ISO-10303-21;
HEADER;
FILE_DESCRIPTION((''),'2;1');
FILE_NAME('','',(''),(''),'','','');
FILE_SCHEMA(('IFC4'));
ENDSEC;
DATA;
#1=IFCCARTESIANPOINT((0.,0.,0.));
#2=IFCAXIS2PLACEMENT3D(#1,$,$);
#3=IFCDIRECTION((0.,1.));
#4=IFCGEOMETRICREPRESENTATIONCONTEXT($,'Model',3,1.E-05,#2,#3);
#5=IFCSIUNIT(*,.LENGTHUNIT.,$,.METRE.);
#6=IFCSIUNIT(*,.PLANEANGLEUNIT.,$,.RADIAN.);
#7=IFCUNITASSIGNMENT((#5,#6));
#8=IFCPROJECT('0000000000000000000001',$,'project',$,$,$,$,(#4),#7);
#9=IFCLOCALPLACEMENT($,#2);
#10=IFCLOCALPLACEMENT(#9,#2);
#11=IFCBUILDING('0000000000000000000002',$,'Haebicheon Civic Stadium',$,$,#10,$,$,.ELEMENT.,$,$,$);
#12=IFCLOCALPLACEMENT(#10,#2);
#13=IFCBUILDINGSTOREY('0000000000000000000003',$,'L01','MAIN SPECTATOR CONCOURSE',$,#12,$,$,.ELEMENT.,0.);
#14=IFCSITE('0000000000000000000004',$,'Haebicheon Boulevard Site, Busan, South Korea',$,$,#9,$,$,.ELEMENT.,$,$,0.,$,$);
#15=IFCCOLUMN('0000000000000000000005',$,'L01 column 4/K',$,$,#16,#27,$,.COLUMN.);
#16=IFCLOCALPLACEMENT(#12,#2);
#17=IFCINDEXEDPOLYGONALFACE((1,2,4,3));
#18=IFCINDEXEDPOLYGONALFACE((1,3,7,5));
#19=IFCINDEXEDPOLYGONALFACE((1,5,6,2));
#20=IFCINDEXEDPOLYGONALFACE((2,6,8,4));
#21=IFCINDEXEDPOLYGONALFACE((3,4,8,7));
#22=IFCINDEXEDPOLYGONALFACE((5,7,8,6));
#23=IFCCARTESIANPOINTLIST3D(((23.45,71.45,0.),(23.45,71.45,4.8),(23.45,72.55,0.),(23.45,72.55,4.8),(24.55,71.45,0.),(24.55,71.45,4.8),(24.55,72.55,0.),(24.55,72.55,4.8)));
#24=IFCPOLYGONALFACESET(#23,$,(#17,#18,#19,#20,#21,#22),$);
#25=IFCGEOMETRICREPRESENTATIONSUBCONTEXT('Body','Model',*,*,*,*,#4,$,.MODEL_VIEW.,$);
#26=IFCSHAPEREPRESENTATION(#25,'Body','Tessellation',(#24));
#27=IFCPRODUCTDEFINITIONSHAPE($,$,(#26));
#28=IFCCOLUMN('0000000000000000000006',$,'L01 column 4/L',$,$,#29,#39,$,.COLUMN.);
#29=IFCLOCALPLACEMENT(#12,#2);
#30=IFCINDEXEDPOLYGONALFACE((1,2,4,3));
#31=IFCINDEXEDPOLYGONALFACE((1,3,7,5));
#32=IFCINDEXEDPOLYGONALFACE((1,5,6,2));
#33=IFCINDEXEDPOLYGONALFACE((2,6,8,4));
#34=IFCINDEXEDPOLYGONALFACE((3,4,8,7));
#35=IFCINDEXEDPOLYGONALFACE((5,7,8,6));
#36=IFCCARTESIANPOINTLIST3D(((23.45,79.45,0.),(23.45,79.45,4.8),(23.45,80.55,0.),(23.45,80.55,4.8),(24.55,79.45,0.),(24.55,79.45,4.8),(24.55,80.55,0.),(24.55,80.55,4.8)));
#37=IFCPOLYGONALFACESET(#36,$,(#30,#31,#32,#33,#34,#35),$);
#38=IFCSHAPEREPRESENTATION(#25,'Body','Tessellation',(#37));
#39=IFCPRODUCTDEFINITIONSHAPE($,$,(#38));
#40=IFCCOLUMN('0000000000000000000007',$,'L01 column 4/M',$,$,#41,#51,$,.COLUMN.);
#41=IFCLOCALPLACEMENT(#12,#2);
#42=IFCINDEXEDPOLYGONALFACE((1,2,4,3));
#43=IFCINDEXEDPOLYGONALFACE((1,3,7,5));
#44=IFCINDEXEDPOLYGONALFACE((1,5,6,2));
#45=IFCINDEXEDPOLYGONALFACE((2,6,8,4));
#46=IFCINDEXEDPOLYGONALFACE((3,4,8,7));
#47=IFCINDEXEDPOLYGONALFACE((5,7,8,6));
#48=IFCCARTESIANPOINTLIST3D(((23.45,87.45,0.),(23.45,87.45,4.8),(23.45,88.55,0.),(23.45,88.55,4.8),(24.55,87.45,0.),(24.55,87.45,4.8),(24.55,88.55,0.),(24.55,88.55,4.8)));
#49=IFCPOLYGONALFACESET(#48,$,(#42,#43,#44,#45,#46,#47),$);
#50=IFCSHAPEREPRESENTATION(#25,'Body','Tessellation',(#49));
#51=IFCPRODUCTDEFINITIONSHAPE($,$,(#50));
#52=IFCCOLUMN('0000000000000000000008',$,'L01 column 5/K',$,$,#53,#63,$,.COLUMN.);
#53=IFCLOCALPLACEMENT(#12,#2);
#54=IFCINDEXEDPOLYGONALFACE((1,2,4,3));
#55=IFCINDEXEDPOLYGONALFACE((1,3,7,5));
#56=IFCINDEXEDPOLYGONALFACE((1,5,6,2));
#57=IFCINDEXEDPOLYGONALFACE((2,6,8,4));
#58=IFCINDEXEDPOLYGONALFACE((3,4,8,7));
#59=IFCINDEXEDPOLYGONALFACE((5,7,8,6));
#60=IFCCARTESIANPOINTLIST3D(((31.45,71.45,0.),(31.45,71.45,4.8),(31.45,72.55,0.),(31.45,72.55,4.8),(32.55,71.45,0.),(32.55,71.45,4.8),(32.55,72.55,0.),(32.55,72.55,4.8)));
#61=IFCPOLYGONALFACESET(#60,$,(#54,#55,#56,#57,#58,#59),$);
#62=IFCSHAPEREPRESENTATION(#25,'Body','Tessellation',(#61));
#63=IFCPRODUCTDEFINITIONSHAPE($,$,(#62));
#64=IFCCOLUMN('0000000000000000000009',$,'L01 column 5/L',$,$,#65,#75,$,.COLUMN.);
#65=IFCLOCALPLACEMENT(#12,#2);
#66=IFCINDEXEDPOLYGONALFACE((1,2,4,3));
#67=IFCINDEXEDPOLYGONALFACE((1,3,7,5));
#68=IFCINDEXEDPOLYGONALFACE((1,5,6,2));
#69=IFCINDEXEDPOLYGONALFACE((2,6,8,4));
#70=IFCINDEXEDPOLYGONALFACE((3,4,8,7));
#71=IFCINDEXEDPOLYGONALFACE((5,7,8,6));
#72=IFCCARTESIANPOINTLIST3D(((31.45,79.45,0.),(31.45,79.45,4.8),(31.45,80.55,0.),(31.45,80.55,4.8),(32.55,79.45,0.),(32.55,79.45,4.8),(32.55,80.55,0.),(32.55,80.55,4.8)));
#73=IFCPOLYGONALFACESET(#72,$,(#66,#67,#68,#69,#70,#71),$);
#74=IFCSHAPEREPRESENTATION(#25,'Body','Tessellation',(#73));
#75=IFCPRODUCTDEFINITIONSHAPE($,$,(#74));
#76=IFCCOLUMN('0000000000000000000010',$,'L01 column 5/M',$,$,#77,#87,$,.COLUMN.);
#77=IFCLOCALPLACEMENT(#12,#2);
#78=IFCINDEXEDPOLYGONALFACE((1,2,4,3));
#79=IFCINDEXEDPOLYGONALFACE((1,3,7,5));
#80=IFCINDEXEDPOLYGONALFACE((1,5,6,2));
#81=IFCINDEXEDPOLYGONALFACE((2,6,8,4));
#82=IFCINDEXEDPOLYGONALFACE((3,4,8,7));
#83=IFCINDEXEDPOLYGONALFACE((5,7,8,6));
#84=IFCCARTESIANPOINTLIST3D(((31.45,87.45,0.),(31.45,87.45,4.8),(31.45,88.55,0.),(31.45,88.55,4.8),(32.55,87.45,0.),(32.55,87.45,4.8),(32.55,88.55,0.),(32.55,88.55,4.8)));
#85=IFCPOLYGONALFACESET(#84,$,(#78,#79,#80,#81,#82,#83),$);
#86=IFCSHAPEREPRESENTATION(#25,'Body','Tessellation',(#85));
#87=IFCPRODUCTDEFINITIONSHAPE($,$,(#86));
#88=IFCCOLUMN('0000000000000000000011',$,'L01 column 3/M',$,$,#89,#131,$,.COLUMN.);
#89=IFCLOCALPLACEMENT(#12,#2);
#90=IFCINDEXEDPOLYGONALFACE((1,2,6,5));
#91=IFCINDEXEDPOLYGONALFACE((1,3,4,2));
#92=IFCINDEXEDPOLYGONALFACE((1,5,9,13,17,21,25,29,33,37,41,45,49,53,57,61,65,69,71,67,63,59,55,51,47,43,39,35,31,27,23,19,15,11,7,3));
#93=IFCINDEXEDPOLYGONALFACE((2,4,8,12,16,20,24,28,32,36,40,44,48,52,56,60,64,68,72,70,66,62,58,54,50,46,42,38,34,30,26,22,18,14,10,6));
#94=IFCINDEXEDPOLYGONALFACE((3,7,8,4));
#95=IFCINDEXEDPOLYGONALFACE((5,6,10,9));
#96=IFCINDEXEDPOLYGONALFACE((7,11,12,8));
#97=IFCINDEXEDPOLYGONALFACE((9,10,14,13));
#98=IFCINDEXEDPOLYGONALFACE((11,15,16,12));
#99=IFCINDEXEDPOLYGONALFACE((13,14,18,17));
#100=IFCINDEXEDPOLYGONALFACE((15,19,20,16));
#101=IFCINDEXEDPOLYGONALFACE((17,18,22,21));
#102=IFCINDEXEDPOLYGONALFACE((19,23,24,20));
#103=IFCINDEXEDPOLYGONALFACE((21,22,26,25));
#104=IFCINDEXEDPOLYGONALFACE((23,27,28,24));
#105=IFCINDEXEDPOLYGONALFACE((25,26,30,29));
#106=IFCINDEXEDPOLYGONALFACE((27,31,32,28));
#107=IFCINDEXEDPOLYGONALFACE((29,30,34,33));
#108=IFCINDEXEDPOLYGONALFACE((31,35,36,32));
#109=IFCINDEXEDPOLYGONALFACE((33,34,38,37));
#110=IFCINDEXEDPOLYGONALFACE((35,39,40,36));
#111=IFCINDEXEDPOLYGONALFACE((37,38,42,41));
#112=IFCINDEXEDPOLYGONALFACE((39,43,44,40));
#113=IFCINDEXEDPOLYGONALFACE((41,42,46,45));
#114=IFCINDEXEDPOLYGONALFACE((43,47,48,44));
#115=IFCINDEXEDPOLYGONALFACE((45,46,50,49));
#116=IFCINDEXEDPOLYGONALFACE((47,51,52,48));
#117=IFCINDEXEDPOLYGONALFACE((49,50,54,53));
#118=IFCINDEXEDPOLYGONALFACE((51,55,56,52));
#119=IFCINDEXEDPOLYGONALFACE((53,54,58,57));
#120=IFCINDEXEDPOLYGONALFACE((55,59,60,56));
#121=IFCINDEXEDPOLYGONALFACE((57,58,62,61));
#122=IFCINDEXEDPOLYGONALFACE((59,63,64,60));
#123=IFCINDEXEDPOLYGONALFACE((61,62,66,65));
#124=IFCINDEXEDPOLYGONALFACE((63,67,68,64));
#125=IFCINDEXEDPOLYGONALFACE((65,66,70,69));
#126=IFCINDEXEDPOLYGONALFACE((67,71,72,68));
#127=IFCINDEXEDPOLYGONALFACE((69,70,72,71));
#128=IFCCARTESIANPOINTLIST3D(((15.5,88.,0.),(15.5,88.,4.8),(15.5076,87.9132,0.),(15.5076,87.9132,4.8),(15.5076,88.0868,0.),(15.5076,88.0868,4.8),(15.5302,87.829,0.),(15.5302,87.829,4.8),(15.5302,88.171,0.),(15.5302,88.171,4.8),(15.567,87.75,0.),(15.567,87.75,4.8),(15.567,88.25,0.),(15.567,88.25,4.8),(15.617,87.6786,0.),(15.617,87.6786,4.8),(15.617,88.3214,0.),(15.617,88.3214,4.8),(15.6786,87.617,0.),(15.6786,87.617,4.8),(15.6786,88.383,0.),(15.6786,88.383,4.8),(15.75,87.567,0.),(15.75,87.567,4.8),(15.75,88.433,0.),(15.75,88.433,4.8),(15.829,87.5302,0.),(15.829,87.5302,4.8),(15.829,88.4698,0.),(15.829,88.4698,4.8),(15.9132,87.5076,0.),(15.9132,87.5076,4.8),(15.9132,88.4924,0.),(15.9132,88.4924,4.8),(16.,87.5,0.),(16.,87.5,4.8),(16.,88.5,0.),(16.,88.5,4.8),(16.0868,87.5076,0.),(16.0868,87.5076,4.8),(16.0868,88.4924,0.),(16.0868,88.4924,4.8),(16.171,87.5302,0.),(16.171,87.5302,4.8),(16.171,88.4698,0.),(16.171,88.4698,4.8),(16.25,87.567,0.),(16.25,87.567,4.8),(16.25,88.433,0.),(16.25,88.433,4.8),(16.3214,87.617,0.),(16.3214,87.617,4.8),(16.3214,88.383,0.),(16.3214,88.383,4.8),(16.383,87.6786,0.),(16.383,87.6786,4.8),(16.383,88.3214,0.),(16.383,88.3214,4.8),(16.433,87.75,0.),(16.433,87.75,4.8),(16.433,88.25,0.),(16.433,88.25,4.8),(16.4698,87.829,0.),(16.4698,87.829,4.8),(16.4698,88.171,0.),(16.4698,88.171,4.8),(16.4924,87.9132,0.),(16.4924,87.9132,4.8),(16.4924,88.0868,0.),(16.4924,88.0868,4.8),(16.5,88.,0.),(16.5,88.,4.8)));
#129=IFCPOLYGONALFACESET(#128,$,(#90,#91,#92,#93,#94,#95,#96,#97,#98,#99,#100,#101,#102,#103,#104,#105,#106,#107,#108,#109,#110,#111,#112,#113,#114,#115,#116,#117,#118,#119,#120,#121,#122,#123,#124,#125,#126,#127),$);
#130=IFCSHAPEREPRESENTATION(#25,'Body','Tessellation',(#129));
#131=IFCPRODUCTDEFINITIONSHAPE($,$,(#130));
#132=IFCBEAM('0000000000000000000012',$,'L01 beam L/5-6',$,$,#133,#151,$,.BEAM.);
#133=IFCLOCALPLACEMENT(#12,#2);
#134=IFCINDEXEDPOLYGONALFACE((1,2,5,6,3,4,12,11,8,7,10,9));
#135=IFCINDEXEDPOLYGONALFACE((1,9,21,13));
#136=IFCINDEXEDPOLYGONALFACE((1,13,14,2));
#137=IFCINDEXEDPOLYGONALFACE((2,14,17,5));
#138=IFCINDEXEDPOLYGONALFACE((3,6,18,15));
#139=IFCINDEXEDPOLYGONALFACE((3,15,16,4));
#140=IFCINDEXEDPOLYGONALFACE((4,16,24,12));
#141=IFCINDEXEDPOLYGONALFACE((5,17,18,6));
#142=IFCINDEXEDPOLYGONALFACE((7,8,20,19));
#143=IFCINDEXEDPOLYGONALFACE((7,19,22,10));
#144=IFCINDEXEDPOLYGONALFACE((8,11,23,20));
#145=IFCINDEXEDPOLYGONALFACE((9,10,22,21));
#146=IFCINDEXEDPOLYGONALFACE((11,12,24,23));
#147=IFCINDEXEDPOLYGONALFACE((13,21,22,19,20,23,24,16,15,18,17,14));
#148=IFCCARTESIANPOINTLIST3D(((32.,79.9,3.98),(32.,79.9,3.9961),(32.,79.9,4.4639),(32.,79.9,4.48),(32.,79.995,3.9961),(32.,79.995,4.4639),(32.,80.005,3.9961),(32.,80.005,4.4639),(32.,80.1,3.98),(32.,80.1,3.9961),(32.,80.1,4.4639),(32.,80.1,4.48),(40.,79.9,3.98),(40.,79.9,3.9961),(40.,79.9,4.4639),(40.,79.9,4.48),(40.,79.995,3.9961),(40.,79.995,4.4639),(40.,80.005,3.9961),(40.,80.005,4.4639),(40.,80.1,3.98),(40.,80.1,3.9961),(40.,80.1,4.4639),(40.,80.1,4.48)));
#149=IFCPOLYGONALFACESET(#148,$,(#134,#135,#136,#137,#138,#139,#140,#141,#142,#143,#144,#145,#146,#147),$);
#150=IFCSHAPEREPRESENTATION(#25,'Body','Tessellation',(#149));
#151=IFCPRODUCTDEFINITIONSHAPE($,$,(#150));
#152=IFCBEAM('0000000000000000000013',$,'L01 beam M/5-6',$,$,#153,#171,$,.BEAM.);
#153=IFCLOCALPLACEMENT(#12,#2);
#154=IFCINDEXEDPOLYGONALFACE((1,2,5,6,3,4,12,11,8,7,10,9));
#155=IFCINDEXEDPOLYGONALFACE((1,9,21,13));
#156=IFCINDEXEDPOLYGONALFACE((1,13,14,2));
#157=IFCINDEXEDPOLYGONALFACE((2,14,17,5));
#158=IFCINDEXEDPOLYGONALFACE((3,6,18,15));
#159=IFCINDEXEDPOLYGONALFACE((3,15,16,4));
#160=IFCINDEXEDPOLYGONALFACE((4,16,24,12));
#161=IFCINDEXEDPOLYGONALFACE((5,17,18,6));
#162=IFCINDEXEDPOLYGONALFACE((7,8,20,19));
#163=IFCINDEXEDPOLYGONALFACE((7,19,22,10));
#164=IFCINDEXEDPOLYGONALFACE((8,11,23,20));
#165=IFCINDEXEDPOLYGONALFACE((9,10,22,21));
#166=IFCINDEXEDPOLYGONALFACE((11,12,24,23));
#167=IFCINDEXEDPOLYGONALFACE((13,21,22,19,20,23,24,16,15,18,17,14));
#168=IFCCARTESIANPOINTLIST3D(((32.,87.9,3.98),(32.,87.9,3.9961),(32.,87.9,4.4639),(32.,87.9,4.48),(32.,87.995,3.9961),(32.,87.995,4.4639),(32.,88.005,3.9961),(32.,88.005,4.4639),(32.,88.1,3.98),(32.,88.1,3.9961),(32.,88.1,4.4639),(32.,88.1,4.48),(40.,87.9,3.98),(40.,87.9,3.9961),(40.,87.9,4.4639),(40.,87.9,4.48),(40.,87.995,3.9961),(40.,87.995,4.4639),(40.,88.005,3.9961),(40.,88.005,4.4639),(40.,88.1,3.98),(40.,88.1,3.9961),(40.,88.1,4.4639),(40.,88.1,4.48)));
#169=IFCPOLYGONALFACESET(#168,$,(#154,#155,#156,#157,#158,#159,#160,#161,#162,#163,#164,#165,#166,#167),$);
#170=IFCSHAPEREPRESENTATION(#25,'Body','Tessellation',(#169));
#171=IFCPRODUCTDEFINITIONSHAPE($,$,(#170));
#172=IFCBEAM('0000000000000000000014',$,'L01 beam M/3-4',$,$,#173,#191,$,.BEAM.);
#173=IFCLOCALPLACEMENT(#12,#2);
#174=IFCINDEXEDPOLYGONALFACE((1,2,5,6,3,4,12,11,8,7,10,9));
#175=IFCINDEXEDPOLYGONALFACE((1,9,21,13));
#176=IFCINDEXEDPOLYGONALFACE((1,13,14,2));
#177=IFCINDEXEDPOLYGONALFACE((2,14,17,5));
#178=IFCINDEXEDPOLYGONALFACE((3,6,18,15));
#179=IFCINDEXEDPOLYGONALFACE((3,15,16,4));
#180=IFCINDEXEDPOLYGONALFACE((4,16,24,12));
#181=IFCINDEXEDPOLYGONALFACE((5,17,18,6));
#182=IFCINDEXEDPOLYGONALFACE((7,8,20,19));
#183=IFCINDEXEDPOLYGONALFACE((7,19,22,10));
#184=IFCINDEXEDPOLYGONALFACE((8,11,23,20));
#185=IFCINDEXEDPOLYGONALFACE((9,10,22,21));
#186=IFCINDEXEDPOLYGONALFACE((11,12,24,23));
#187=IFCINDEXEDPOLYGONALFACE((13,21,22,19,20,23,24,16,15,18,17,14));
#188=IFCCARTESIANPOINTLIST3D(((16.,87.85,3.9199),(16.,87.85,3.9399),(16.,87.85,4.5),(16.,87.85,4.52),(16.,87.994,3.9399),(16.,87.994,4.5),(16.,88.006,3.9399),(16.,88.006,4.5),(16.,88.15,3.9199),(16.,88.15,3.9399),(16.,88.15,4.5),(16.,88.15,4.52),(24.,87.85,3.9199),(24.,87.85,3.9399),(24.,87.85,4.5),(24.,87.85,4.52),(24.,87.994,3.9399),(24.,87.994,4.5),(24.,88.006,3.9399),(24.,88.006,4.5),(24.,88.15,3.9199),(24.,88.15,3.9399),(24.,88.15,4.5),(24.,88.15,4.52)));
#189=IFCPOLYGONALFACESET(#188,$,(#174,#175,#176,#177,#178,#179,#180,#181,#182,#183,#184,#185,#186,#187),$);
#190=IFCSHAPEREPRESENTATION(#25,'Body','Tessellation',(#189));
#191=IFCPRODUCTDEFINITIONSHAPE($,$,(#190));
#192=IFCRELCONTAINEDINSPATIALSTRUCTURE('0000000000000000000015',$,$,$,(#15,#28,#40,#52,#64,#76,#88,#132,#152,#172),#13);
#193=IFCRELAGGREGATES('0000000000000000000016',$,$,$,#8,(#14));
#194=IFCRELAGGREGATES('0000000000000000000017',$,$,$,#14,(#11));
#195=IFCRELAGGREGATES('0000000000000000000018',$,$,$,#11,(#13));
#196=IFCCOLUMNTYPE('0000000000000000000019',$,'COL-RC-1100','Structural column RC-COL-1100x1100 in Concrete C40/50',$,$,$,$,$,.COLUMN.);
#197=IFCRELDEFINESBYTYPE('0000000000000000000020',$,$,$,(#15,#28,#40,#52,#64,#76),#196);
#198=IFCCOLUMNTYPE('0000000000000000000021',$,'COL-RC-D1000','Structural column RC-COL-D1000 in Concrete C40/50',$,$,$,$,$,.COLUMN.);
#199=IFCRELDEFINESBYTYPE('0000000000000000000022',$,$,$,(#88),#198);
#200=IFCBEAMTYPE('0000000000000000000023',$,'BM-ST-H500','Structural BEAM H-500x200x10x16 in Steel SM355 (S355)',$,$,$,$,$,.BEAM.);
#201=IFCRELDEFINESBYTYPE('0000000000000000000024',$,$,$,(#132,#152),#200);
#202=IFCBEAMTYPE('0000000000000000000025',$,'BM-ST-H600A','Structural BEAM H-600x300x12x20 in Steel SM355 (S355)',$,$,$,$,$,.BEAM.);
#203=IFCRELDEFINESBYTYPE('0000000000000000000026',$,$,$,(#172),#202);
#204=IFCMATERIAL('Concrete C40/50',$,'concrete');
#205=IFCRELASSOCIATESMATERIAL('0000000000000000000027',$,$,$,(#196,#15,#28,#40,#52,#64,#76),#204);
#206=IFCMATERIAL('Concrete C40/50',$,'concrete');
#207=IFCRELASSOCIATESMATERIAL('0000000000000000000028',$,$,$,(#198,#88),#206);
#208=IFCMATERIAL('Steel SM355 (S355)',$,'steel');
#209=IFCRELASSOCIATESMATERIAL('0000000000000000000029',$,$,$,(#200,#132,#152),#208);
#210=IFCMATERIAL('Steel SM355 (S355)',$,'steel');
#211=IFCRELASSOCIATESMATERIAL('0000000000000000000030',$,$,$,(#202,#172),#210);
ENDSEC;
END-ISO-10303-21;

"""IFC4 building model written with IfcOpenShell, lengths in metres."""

from ifc_helpers import new_model, si_unit, direction, frame, origin, origin_2d, place, context, subcontext, project, spatial, rectangle, circle, i_section, extrude, material, material_profile, profile_set, type_object, element, save


model = new_model("IFC4")

# Units and contexts
model_context = context("Model", 3, precision=1e-05, world=origin(), true_north=direction((0.0, 1.0)))
body_context = subcontext(model_context, "Body", "Model", "MODEL_VIEW")
ifc_project = project(units=[si_unit("LENGTHUNIT", "METRE"), si_unit("PLANEANGLEUNIT", "RADIAN")], contexts=[model_context])

# Site, building, storey
site_placement = place(None, origin())
site = spatial("IfcSite", under=ifc_project, at=site_placement, Name="Haebicheon Boulevard Site, Busan, South Korea", CompositionType="ELEMENT", RefElevation=0.0)
building_placement = place(site_placement, origin())
building = spatial("IfcBuilding", under=site, at=building_placement, Name="Haebicheon Civic Stadium", CompositionType="ELEMENT")
storey_placement = place(building_placement, origin())
storey = spatial("IfcBuildingStorey", under=building, at=storey_placement, Name="L01", Description="MAIN SPECTATOR CONCOURSE", CompositionType="ELEMENT", Elevation=0.0)

# Columns
ifc_material_1 = material(Name="Concrete C40/50", Category="concrete")
ifc_material_profile_1 = material_profile(ifc_material_1, rectangle(XDim=1.1001, YDim=1.1001, at=origin_2d()), Name="RC-COL-1100x1100")
ifc_profile_set_1 = profile_set([ifc_material_profile_1], Name="Concrete C40/50")
column_type_1 = type_object("IfcColumnType", Name="COL-RC-1100", Description="Structural column RC-COL-1100x1100 in Concrete C40/50", PredefinedType="COLUMN", material=ifc_profile_set_1)
for number, where, z_axis, x_axis, name in (
    (1, (24.0, 72.0, 0.0), (0.0, 0.0, 1.0), (1.0, 0.0, 0.0), "L01 column 4/K"),
    (2, (24.0, 80.0, 0.0), (0.0, 0.0, 1.0), (1.0, 0.0, 0.0), "L01 column 4/L"),
    (3, (24.0, 88.0, 0.0), (0.0, 0.0, 1.0), (1.0, 0.0, 0.0), "L01 column 4/M"),
    (4, (32.0, 72.0, 0.0), (0.0, 0.0, 1.0), (1.0, 0.0, 0.0), "L01 column 5/K"),
    (5, (32.0, 80.0, 0.0), (0.0, 0.0, 1.0), (1.0, 0.0, 0.0), "L01 column 5/L"),
    (6, (32.0, 88.0, 0.0), (0.0, 0.0, 1.0), (1.0, 0.0, 0.0), "L01 column 5/M"),
):
    element("IfcColumn", number, at=place(storey_placement, frame(where, z_axis=z_axis, x_axis=x_axis)), inside=storey, type_object=column_type_1, material=ifc_profile_set_1, Name=name, PredefinedType="COLUMN", context=body_context, shape_type="SweptSolid", body=[
        extrude(rectangle(XDim=1.1001, YDim=1.1001, at=origin_2d()), origin(), (0.0, 0.0, 1.0), 4.8),
    ])
ifc_material_2 = material(Name="Concrete C40/50", Category="concrete")
ifc_material_profile_2 = material_profile(ifc_material_2, circle(Radius=0.5, at=origin_2d()), Name="RC-COL-D1000")
ifc_profile_set_2 = profile_set([ifc_material_profile_2], Name="Concrete C40/50")
column_type_2 = type_object("IfcColumnType", Name="COL-RC-D1000", Description="Structural column RC-COL-D1000 in Concrete C40/50", PredefinedType="COLUMN", material=ifc_profile_set_2)
column_placement = place(storey_placement, frame((16.0, 88.0, 0.0), z_axis=(0.0, 0.0, 1.0), x_axis=(1.0, 0.0, 0.0)))
element("IfcColumn", 7, at=column_placement, inside=storey, type_object=column_type_2, material=ifc_profile_set_2, Name="L01 column 3/M", PredefinedType="COLUMN", context=body_context, shape_type="SweptSolid", body=[
    extrude(circle(Radius=0.5, at=origin_2d()), origin(), (0.0, 0.0, 1.0), 4.8),
])

# Beams
ifc_material_3 = material(Name="Steel SM355 (S355)", Category="steel")
ifc_material_profile_3 = material_profile(ifc_material_3, i_section(OverallWidth=0.2, OverallDepth=0.5, WebThickness=0.01, FlangeThickness=0.0161, at=origin_2d()), Name="H-500x200x10x16")
ifc_profile_set_3 = profile_set([ifc_material_profile_3], Name="Steel SM355 (S355)")
beam_type_1 = type_object("IfcBeamType", Name="BM-ST-H500", Description="Structural BEAM H-500x200x10x16 in Steel SM355 (S355)", PredefinedType="BEAM", material=ifc_profile_set_3)
for number, where, z_axis, x_axis, name in (
    (8, (32.0, 80.0, 4.23), (1.0, 0.0, 0.0), (0.0, 1.0, 0.0), "L01 beam L/5-6"),
    (9, (32.0, 88.0, 4.23), (1.0, 0.0, 0.0), (0.0, 1.0, 0.0), "L01 beam M/5-6"),
):
    element("IfcBeam", number, at=place(storey_placement, frame(where, z_axis=z_axis, x_axis=x_axis)), inside=storey, type_object=beam_type_1, material=ifc_profile_set_3, Name=name, PredefinedType="BEAM", context=body_context, shape_type="SweptSolid", body=[
        extrude(i_section(OverallWidth=0.2, OverallDepth=0.5, WebThickness=0.01, FlangeThickness=0.0161, at=origin_2d()), origin(), (0.0, 0.0, 1.0), 8.0),
    ])
ifc_material_4 = material(Name="Steel SM355 (S355)", Category="steel")
ifc_material_profile_4 = material_profile(ifc_material_4, i_section(OverallWidth=0.3, OverallDepth=0.6001, WebThickness=0.012, FlangeThickness=0.02, at=origin_2d()), Name="H-600x300x12x20")
ifc_profile_set_4 = profile_set([ifc_material_profile_4], Name="Steel SM355 (S355)")
beam_type_2 = type_object("IfcBeamType", Name="BM-ST-H600A", Description="Structural BEAM H-600x300x12x20 in Steel SM355 (S355)", PredefinedType="BEAM", material=ifc_profile_set_4)
for number, where, z_axis, x_axis, name in (
    (10, (16.0, 88.0, 4.22), (1.0, 0.0, 0.0), (0.0, 1.0, 0.0), "L01 beam M/3-4"),
):
    element("IfcBeam", number, at=place(storey_placement, frame(where, z_axis=z_axis, x_axis=x_axis)), inside=storey, type_object=beam_type_2, material=ifc_profile_set_4, Name=name, PredefinedType="BEAM", context=body_context, shape_type="SweptSolid", body=[
        extrude(i_section(OverallWidth=0.3, OverallDepth=0.6001, WebThickness=0.012, FlangeThickness=0.02, at=origin_2d()), origin(), (0.0, 0.0, 1.0), 8.0),
    ])

save(model, "model.ifc")
